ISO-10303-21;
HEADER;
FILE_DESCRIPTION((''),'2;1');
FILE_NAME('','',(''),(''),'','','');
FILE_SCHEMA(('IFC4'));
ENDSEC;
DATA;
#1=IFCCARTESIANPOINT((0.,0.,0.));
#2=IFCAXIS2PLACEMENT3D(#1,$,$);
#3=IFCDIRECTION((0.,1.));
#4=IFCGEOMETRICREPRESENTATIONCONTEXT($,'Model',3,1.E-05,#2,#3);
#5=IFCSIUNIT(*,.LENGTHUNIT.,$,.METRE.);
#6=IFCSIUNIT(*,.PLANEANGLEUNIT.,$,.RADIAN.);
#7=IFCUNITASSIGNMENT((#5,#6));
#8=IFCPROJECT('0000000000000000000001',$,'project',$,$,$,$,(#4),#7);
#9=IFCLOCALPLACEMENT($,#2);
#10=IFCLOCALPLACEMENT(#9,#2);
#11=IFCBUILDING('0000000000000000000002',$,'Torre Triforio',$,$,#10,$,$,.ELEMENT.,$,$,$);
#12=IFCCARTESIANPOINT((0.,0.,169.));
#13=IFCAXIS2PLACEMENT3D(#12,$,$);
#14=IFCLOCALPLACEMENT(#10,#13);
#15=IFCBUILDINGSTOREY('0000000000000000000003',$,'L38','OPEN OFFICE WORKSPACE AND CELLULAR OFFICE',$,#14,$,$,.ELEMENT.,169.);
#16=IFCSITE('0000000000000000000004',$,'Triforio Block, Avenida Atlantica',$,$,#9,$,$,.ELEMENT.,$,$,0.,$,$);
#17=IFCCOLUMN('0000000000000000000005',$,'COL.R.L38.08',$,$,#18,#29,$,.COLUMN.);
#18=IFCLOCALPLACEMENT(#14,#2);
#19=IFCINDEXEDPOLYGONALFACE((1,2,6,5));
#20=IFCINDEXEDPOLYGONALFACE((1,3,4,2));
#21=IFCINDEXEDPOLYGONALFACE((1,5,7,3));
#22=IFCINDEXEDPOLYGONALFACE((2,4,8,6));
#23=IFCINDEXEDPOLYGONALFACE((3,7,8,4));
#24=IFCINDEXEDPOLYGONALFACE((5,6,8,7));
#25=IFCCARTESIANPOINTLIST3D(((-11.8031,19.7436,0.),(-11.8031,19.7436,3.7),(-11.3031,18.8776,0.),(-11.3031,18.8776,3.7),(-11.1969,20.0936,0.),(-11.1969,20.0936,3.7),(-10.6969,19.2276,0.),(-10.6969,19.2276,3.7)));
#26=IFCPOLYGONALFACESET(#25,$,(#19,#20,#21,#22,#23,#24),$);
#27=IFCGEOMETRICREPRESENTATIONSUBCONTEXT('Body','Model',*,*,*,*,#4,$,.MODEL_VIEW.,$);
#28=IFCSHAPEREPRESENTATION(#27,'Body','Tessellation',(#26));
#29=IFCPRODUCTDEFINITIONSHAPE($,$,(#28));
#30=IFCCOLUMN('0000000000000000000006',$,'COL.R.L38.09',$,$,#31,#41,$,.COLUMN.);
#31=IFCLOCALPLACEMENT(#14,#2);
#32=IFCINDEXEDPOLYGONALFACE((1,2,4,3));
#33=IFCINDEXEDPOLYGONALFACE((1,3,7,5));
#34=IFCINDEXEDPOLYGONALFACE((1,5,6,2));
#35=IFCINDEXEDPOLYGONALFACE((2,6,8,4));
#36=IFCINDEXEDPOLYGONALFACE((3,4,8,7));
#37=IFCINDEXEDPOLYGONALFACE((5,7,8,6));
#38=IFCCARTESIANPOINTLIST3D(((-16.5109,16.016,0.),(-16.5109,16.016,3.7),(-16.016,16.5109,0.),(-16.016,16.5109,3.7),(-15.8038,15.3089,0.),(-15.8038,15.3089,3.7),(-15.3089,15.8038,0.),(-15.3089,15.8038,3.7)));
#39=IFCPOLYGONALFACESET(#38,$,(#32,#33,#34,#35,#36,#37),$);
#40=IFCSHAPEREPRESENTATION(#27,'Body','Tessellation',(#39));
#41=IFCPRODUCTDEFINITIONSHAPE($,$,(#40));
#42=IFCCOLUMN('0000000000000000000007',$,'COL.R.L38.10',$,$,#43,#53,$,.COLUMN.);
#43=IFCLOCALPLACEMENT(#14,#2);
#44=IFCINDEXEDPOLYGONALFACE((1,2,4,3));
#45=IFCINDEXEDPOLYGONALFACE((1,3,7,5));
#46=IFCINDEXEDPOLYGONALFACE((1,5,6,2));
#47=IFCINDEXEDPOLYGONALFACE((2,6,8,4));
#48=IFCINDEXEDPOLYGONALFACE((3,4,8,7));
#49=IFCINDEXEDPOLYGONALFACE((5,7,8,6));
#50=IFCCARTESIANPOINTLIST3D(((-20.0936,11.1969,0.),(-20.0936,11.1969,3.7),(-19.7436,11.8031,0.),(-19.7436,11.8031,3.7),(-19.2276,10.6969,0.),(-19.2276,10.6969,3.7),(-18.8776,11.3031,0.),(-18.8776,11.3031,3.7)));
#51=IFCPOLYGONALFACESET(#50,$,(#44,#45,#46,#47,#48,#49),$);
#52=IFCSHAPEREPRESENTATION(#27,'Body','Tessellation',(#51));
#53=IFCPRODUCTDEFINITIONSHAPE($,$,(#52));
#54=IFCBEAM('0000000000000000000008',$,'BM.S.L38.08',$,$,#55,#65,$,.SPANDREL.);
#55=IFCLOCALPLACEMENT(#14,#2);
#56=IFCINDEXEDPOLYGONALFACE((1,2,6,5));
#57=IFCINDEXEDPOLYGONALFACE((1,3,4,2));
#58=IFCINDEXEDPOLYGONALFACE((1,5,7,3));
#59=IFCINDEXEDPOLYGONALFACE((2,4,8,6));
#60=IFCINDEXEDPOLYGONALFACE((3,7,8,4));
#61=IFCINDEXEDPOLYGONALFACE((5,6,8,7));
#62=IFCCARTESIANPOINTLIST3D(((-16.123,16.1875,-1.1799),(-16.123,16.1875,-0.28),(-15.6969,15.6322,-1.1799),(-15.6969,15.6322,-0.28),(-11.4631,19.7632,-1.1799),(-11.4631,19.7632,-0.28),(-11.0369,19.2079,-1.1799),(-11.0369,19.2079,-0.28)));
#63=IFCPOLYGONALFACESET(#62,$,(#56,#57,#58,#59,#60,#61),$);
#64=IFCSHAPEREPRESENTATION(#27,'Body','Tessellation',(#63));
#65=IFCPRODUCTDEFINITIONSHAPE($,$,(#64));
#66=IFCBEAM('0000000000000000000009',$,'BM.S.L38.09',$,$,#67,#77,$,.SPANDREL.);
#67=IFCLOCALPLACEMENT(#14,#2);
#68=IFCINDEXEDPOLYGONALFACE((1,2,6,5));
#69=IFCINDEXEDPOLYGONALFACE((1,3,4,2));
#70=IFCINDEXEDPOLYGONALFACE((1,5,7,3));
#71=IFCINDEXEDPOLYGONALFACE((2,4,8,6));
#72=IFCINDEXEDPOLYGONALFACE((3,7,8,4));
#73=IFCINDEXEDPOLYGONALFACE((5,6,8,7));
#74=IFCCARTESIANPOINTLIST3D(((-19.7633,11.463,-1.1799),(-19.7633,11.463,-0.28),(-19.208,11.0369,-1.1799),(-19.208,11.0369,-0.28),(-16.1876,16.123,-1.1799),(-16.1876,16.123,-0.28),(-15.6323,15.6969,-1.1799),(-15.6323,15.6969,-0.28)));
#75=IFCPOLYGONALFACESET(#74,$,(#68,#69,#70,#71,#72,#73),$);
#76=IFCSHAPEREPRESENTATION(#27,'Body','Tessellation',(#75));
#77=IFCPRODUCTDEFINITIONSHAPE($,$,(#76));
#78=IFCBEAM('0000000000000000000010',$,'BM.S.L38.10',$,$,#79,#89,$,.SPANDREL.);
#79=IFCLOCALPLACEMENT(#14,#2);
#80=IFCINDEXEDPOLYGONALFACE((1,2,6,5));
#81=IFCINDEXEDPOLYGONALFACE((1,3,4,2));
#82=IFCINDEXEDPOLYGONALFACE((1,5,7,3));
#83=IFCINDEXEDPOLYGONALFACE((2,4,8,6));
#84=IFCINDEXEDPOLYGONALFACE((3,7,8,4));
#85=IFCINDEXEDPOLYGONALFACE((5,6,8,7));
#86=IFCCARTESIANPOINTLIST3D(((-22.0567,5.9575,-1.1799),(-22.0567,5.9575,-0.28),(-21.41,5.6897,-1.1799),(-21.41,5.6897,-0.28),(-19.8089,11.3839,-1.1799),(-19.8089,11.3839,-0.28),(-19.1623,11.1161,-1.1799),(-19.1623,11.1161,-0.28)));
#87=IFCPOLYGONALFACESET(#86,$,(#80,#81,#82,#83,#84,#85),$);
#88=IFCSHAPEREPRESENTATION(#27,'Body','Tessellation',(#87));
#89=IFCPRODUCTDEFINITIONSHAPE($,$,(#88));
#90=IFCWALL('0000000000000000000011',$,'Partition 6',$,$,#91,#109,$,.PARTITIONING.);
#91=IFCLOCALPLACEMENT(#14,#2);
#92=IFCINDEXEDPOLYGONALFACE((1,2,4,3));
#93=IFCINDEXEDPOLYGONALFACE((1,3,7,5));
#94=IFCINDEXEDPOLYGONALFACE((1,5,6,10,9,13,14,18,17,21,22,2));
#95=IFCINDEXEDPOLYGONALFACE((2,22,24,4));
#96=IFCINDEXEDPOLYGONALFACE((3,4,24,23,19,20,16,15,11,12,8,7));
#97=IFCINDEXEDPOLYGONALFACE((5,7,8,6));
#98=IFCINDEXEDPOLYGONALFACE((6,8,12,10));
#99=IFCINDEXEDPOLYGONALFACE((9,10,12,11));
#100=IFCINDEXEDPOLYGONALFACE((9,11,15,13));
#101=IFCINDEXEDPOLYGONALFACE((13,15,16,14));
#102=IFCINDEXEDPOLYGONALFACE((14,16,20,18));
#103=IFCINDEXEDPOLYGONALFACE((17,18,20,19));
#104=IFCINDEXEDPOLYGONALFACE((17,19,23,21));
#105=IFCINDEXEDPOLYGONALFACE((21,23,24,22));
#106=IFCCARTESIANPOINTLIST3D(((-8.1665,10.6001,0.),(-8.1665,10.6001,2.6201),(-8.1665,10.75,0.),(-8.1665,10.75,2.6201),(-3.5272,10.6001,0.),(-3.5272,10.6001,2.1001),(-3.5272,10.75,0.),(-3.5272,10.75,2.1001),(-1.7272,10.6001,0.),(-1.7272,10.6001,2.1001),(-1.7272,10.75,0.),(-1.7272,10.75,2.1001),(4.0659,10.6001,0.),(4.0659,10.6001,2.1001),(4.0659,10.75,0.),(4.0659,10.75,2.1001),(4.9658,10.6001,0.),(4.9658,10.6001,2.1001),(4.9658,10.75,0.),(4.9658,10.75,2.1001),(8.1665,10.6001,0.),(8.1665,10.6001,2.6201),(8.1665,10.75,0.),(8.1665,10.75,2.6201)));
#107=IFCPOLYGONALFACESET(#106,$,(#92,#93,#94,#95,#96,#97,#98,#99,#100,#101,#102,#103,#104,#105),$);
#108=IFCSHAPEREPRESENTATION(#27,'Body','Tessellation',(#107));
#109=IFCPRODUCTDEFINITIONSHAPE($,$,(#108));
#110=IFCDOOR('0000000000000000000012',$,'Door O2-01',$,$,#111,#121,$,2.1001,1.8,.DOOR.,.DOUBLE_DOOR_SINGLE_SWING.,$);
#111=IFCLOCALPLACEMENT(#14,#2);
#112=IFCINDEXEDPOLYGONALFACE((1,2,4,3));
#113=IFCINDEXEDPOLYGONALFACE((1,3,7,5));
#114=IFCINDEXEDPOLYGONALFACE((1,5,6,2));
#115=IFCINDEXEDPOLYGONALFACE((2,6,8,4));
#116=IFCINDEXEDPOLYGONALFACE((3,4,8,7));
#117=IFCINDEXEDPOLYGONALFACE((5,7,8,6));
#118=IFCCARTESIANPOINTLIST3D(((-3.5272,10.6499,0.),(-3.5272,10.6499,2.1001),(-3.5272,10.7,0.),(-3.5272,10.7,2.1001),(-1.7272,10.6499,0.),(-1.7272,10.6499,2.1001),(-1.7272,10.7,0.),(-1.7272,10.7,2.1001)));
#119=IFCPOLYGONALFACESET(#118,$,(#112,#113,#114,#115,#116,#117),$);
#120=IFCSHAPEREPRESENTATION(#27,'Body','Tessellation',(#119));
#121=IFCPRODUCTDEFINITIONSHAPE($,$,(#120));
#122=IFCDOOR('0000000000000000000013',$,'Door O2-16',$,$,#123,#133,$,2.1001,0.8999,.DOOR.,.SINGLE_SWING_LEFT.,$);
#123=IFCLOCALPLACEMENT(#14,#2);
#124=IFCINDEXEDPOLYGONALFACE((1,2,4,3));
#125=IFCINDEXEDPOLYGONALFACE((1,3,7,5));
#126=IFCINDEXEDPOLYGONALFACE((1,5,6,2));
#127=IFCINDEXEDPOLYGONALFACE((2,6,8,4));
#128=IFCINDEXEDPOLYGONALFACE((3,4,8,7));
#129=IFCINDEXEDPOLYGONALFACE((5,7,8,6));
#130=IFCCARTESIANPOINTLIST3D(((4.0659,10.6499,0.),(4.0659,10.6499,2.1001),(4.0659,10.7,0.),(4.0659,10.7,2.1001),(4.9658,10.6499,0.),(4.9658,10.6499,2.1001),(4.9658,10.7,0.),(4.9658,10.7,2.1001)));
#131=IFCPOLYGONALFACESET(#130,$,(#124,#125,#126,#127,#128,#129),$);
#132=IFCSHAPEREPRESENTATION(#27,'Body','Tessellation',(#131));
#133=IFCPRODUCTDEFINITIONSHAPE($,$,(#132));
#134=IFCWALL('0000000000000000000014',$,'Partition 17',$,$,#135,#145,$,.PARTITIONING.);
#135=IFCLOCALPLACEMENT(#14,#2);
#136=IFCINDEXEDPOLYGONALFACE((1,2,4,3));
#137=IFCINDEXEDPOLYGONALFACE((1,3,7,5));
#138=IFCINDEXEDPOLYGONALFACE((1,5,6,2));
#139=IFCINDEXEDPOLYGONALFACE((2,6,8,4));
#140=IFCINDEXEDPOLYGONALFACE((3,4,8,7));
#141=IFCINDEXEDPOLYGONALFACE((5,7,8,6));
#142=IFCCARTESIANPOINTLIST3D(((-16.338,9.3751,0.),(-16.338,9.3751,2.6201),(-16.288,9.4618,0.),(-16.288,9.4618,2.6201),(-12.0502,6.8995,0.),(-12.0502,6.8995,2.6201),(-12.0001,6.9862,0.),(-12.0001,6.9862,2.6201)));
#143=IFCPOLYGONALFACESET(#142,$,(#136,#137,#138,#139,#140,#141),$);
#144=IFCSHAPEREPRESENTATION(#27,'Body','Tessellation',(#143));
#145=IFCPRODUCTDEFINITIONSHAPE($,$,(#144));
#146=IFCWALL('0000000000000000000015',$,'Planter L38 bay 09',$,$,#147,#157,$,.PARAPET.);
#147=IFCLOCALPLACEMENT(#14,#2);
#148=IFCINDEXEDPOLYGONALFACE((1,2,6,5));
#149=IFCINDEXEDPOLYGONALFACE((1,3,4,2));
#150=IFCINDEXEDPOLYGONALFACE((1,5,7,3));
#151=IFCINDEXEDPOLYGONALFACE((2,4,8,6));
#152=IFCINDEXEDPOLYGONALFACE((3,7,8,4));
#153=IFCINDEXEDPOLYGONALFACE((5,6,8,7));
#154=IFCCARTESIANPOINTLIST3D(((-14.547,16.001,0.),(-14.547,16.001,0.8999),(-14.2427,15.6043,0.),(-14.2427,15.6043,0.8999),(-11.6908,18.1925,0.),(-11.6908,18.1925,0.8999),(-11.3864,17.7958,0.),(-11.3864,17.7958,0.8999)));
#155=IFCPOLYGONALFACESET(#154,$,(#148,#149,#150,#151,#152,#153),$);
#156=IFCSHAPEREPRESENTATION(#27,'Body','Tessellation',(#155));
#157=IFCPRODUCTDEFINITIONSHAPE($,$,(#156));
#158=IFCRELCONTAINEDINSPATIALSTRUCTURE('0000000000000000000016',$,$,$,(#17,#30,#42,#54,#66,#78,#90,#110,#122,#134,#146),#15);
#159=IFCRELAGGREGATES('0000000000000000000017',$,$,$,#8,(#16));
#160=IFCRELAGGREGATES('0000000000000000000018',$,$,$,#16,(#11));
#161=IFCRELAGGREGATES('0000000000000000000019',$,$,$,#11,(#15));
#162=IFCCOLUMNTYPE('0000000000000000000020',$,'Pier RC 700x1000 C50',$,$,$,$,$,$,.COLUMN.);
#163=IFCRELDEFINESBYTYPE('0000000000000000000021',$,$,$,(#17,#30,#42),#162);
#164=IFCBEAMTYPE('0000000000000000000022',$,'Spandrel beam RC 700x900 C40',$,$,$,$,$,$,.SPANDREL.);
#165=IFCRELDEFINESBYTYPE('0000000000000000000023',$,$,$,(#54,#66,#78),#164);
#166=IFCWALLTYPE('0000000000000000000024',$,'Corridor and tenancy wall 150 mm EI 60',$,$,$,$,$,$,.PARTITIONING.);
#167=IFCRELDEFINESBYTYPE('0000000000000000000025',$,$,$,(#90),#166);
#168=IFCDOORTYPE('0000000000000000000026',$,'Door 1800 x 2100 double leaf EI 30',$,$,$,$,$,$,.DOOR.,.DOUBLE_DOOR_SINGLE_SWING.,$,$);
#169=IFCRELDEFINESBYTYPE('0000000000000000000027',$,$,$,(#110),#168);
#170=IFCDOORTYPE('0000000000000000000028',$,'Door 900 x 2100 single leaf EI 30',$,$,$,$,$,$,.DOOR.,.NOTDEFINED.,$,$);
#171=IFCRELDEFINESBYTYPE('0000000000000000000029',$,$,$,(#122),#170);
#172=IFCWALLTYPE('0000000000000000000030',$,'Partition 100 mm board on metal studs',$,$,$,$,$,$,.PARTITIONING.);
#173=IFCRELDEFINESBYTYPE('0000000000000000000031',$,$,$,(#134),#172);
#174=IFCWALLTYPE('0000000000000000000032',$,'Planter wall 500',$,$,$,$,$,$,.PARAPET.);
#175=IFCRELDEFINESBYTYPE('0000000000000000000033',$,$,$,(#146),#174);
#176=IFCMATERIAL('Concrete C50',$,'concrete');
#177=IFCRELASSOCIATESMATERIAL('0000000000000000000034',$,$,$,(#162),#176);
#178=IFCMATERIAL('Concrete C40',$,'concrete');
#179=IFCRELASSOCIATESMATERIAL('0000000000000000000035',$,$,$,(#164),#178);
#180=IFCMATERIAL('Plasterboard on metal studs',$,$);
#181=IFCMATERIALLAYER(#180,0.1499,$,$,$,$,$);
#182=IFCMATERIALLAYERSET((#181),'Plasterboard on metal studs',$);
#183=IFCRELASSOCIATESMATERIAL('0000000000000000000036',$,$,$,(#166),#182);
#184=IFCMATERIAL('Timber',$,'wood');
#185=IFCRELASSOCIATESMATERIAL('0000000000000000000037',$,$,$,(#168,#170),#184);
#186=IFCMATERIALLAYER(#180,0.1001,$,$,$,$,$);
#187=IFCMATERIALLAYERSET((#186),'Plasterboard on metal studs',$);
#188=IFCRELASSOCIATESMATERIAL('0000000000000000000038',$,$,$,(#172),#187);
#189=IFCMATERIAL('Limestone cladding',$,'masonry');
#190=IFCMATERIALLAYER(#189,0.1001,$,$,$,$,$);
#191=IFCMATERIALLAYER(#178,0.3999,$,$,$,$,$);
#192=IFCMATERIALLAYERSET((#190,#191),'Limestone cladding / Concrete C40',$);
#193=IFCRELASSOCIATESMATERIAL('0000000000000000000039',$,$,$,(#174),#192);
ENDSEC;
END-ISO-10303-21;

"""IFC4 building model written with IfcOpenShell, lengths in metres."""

from ifc_helpers import new_model, si_unit, direction, frame, frame_2d, origin, origin_2d, place, context, subcontext, project, spatial, rectangle, extrude, material, layer, layer_set, material_profile, profile_set, type_object, element, fill, save


model = new_model("IFC4")

# Units and contexts
model_context = context("Model", 3, precision=1e-05, world=origin(), true_north=direction((0.0, 1.0)))
body_context = subcontext(model_context, "Body", "Model", "MODEL_VIEW")
ifc_project = project(units=[si_unit("LENGTHUNIT", "METRE"), si_unit("PLANEANGLEUNIT", "RADIAN")], contexts=[model_context])

# Site, building, storey
site_placement = place(None, origin())
site = spatial("IfcSite", under=ifc_project, at=site_placement, Name="Triforio Block, Avenida Atlantica", CompositionType="ELEMENT", RefElevation=0.0)
building_placement = place(site_placement, origin())
building = spatial("IfcBuilding", under=site, at=building_placement, Name="Torre Triforio", CompositionType="ELEMENT")
storey_placement = place(building_placement, frame((0.0, 0.0, 169.0)))
storey = spatial("IfcBuildingStorey", under=building, at=storey_placement, Name="L38", Description="OPEN OFFICE WORKSPACE AND CELLULAR OFFICE", CompositionType="ELEMENT", Elevation=169.0)

# Columns
ifc_material_1 = material(Name="Concrete C50", Category="concrete")
ifc_material_profile_1 = material_profile(ifc_material_1, rectangle(XDim=0.7, YDim=1.0, at=origin_2d()), Name="RC 700x1000")
ifc_profile_set_1 = profile_set([ifc_material_profile_1], Name="Concrete C50")
column_type = type_object("IfcColumnType", Name="Pier RC 700x1000 C50", PredefinedType="COLUMN", material=ifc_profile_set_1)
for number, where, z_axis, x_axis, name in (
    (1, (-11.25, 19.4856, 0.0), (0.0, 0.0, 1.0), (-0.866025, -0.5, 0.0), "COL.R.L38.08"),
    (2, (-15.9099, 15.9099, 0.0), (0.0, 0.0, 1.0), (-0.707107, -0.707107, 0.0), "COL.R.L38.09"),
    (3, (-19.4856, 11.25, 0.0), (0.0, 0.0, 1.0), (-0.5, -0.866025, 0.0), "COL.R.L38.10"),
):
    element("IfcColumn", number, at=place(storey_placement, frame(where, z_axis=z_axis, x_axis=x_axis)), inside=storey, type_object=column_type, Name=name, PredefinedType="COLUMN", context=body_context, shape_type="SweptSolid", body=[
        extrude(rectangle(XDim=0.7, YDim=1.0, at=origin_2d()), origin(), (0.0, 0.0, 1.0), 3.7),
    ])

# Beams
ifc_material_2 = material(Name="Concrete C40", Category="concrete")
ifc_material_profile_2 = material_profile(ifc_material_2, rectangle(XDim=0.7, YDim=0.8999, at=origin_2d()), Name="RC 700x900")
ifc_profile_set_2 = profile_set([ifc_material_profile_2], Name="Concrete C40")
beam_type = type_object("IfcBeamType", Name="Spandrel beam RC 700x900 C40", PredefinedType="SPANDREL", material=ifc_profile_set_2)
for number, where, z_axis, x_axis, name in (
    (4, (-11.25, 19.4856, -0.73), (-0.793353, -0.608762, 0.0), (0.608762, -0.793353, 0.0), "BM.S.L38.08"),
    (5, (-15.9099, 15.9099, -0.73), (-0.608762, -0.793353, 0.0), (0.793353, -0.608762, 0.0), "BM.S.L38.09"),
):
    element("IfcBeam", number, at=place(storey_placement, frame(where, z_axis=z_axis, x_axis=x_axis)), inside=storey, type_object=beam_type, Name=name, PredefinedType="SPANDREL", context=body_context, shape_type="SweptSolid", body=[
        extrude(rectangle(XDim=0.7, YDim=0.8999, at=origin_2d()), origin(), (0.0, 0.0, 1.0), 5.8738),
    ])
beam_placement = place(storey_placement, frame((-19.4856, 11.25, -0.73), z_axis=(-0.382693, -0.923875, 0.0), x_axis=(0.923875, -0.382693, 0.0)))
element("IfcBeam", 6, at=beam_placement, inside=storey, type_object=beam_type, Name="BM.S.L38.10", PredefinedType="SPANDREL", context=body_context, shape_type="SweptSolid", body=[
    extrude(rectangle(XDim=0.7, YDim=0.8999, at=origin_2d()), origin(), (0.0, 0.0, 1.0), 5.8735),
])

# Wall, openings, doors
ifc_material_3 = material(Name="Plasterboard on metal studs")
ifc_layer_1 = layer(ifc_material_3, 0.1499)
ifc_layer_set_1 = layer_set([ifc_layer_1], Name="Plasterboard on metal studs")
wall_type_1 = type_object("IfcWallType", Name="Corridor and tenancy wall 150 mm EI 60", PredefinedType="PARTITIONING", material=ifc_layer_set_1)
wall_1_placement = place(storey_placement, frame((-8.1665, 10.675, 0.0), z_axis=(0.0, 0.0, 1.0), x_axis=(1.0, 0.0, 0.0)))
wall_1 = element("IfcWall", 7, at=wall_1_placement, inside=storey, type_object=wall_type_1, Name="Partition 6", PredefinedType="PARTITIONING", context=body_context, shape_type="SweptSolid", body=[
    extrude(rectangle(XDim=16.333, YDim=0.1499, at=frame_2d((8.1665, 0.0))), origin(), (0.0, 0.0, 1.0), 2.6201),
])
opening_1_placement = place(wall_1_placement, frame((4.6394, 0.0, 0.0)))
opening_1 = element("IfcOpeningElement", 8, at=opening_1_placement, cuts=wall_1, PredefinedType="OPENING", context=body_context, shape_type="SweptSolid", body=[
    extrude(rectangle(XDim=1.8, YDim=2.1001, at=frame_2d((0.8999, 1.05))), frame((0.0, 0.085, 0.0), z_axis=(0.0, -1.0, 0.0), x_axis=(1.0, 0.0, 0.0)), (0.0, 0.0, 1.0), 0.1699),
])
opening_2_placement = place(wall_1_placement, frame((12.2324, 0.0, 0.0)))
opening_2 = element("IfcOpeningElement", 9, at=opening_2_placement, cuts=wall_1, PredefinedType="OPENING", context=body_context, shape_type="SweptSolid", body=[
    extrude(rectangle(XDim=0.8999, YDim=2.1001, at=frame_2d((0.45, 1.05))), frame((0.0, 0.085, 0.0), z_axis=(0.0, -1.0, 0.0), x_axis=(1.0, 0.0, 0.0)), (0.0, 0.0, 1.0), 0.1699),
])
ifc_material_4 = material(Name="Timber", Category="wood")
door_type_1 = type_object("IfcDoorType", Name="Door 1800 x 2100 double leaf EI 30", OperationType="DOUBLE_DOOR_SINGLE_SWING", PredefinedType="DOOR", material=ifc_material_4)
door_1_placement = place(opening_1_placement, origin())
door_1 = element("IfcDoor", 10, at=door_1_placement, inside=storey, type_object=door_type_1, Name="Door O2-01", OperationType="DOUBLE_DOOR_SINGLE_SWING", OverallHeight=2.1001, OverallWidth=1.8, PredefinedType="DOOR", context=body_context, shape_type="SweptSolid", body=[
    extrude(rectangle(XDim=1.8, YDim=2.1001, at=frame_2d((0.8999, 1.05))), frame((0.0, 0.0249, 0.0), z_axis=(0.0, -1.0, 0.0), x_axis=(1.0, 0.0, 0.0)), (0.0, 0.0, 1.0), 0.05),
])
fill(opening_1, door_1)
door_type_2 = type_object("IfcDoorType", Name="Door 900 x 2100 single leaf EI 30", OperationType="NOTDEFINED", PredefinedType="DOOR", material=ifc_material_4)
door_2_placement = place(opening_2_placement, origin())
door_2 = element("IfcDoor", 11, at=door_2_placement, inside=storey, type_object=door_type_2, Name="Door O2-16", OperationType="SINGLE_SWING_LEFT", OverallHeight=2.1001, OverallWidth=0.8999, PredefinedType="DOOR", context=body_context, shape_type="SweptSolid", body=[
    extrude(rectangle(XDim=0.8999, YDim=2.1001, at=frame_2d((0.45, 1.05))), frame((0.0, 0.0249, 0.0), z_axis=(0.0, -1.0, 0.0), x_axis=(1.0, 0.0, 0.0)), (0.0, 0.0, 1.0), 0.05),
])
fill(opening_2, door_2)

# Walls
ifc_layer_2 = layer(ifc_material_3, 0.1001)
ifc_layer_set_2 = layer_set([ifc_layer_2], Name="Plasterboard on metal studs")
wall_type_2 = type_object("IfcWallType", Name="Partition 100 mm board on metal studs", PredefinedType="PARTITIONING", material=ifc_layer_set_2)
wall_2_placement = place(storey_placement, frame((-12.0251, 6.9429, 0.0), z_axis=(0.0, 0.0, 1.0), x_axis=(-0.866025, 0.5, 0.0)))
element("IfcWall", 12, at=wall_2_placement, inside=storey, type_object=wall_type_2, Name="Partition 17", PredefinedType="PARTITIONING", context=body_context, shape_type="SweptSolid", body=[
    extrude(rectangle(XDim=4.9512, YDim=0.1001, at=frame_2d((2.4756, 0.0))), origin(), (0.0, 0.0, 1.0), 2.6201),
])
ifc_material_5 = material(Name="Limestone cladding", Category="masonry")
ifc_layer_3 = layer(ifc_material_5, 0.1001)
ifc_layer_4 = layer(ifc_material_2, 0.3999)
ifc_layer_set_3 = layer_set([ifc_layer_3, ifc_layer_4], Name="Limestone cladding / Concrete C40")
wall_type_3 = type_object("IfcWallType", Name="Planter wall 500", PredefinedType="PARAPET", material=ifc_layer_set_3)
wall_3_placement = place(storey_placement, frame((-11.5386, 17.9941, 0.0), z_axis=(0.0, 0.0, 1.0), x_axis=(-0.793385, -0.608721, 0.0)))
element("IfcWall", 13, at=wall_3_placement, inside=storey, type_object=wall_type_3, Name="Planter L38 bay 09", PredefinedType="PARAPET", context=body_context, shape_type="SweptSolid", body=[
    extrude(rectangle(XDim=3.6001, YDim=0.5, at=frame_2d((1.8, 0.0))), origin(), (0.0, 0.0, 1.0), 0.8999),
])

save(model, "model.ifc")
